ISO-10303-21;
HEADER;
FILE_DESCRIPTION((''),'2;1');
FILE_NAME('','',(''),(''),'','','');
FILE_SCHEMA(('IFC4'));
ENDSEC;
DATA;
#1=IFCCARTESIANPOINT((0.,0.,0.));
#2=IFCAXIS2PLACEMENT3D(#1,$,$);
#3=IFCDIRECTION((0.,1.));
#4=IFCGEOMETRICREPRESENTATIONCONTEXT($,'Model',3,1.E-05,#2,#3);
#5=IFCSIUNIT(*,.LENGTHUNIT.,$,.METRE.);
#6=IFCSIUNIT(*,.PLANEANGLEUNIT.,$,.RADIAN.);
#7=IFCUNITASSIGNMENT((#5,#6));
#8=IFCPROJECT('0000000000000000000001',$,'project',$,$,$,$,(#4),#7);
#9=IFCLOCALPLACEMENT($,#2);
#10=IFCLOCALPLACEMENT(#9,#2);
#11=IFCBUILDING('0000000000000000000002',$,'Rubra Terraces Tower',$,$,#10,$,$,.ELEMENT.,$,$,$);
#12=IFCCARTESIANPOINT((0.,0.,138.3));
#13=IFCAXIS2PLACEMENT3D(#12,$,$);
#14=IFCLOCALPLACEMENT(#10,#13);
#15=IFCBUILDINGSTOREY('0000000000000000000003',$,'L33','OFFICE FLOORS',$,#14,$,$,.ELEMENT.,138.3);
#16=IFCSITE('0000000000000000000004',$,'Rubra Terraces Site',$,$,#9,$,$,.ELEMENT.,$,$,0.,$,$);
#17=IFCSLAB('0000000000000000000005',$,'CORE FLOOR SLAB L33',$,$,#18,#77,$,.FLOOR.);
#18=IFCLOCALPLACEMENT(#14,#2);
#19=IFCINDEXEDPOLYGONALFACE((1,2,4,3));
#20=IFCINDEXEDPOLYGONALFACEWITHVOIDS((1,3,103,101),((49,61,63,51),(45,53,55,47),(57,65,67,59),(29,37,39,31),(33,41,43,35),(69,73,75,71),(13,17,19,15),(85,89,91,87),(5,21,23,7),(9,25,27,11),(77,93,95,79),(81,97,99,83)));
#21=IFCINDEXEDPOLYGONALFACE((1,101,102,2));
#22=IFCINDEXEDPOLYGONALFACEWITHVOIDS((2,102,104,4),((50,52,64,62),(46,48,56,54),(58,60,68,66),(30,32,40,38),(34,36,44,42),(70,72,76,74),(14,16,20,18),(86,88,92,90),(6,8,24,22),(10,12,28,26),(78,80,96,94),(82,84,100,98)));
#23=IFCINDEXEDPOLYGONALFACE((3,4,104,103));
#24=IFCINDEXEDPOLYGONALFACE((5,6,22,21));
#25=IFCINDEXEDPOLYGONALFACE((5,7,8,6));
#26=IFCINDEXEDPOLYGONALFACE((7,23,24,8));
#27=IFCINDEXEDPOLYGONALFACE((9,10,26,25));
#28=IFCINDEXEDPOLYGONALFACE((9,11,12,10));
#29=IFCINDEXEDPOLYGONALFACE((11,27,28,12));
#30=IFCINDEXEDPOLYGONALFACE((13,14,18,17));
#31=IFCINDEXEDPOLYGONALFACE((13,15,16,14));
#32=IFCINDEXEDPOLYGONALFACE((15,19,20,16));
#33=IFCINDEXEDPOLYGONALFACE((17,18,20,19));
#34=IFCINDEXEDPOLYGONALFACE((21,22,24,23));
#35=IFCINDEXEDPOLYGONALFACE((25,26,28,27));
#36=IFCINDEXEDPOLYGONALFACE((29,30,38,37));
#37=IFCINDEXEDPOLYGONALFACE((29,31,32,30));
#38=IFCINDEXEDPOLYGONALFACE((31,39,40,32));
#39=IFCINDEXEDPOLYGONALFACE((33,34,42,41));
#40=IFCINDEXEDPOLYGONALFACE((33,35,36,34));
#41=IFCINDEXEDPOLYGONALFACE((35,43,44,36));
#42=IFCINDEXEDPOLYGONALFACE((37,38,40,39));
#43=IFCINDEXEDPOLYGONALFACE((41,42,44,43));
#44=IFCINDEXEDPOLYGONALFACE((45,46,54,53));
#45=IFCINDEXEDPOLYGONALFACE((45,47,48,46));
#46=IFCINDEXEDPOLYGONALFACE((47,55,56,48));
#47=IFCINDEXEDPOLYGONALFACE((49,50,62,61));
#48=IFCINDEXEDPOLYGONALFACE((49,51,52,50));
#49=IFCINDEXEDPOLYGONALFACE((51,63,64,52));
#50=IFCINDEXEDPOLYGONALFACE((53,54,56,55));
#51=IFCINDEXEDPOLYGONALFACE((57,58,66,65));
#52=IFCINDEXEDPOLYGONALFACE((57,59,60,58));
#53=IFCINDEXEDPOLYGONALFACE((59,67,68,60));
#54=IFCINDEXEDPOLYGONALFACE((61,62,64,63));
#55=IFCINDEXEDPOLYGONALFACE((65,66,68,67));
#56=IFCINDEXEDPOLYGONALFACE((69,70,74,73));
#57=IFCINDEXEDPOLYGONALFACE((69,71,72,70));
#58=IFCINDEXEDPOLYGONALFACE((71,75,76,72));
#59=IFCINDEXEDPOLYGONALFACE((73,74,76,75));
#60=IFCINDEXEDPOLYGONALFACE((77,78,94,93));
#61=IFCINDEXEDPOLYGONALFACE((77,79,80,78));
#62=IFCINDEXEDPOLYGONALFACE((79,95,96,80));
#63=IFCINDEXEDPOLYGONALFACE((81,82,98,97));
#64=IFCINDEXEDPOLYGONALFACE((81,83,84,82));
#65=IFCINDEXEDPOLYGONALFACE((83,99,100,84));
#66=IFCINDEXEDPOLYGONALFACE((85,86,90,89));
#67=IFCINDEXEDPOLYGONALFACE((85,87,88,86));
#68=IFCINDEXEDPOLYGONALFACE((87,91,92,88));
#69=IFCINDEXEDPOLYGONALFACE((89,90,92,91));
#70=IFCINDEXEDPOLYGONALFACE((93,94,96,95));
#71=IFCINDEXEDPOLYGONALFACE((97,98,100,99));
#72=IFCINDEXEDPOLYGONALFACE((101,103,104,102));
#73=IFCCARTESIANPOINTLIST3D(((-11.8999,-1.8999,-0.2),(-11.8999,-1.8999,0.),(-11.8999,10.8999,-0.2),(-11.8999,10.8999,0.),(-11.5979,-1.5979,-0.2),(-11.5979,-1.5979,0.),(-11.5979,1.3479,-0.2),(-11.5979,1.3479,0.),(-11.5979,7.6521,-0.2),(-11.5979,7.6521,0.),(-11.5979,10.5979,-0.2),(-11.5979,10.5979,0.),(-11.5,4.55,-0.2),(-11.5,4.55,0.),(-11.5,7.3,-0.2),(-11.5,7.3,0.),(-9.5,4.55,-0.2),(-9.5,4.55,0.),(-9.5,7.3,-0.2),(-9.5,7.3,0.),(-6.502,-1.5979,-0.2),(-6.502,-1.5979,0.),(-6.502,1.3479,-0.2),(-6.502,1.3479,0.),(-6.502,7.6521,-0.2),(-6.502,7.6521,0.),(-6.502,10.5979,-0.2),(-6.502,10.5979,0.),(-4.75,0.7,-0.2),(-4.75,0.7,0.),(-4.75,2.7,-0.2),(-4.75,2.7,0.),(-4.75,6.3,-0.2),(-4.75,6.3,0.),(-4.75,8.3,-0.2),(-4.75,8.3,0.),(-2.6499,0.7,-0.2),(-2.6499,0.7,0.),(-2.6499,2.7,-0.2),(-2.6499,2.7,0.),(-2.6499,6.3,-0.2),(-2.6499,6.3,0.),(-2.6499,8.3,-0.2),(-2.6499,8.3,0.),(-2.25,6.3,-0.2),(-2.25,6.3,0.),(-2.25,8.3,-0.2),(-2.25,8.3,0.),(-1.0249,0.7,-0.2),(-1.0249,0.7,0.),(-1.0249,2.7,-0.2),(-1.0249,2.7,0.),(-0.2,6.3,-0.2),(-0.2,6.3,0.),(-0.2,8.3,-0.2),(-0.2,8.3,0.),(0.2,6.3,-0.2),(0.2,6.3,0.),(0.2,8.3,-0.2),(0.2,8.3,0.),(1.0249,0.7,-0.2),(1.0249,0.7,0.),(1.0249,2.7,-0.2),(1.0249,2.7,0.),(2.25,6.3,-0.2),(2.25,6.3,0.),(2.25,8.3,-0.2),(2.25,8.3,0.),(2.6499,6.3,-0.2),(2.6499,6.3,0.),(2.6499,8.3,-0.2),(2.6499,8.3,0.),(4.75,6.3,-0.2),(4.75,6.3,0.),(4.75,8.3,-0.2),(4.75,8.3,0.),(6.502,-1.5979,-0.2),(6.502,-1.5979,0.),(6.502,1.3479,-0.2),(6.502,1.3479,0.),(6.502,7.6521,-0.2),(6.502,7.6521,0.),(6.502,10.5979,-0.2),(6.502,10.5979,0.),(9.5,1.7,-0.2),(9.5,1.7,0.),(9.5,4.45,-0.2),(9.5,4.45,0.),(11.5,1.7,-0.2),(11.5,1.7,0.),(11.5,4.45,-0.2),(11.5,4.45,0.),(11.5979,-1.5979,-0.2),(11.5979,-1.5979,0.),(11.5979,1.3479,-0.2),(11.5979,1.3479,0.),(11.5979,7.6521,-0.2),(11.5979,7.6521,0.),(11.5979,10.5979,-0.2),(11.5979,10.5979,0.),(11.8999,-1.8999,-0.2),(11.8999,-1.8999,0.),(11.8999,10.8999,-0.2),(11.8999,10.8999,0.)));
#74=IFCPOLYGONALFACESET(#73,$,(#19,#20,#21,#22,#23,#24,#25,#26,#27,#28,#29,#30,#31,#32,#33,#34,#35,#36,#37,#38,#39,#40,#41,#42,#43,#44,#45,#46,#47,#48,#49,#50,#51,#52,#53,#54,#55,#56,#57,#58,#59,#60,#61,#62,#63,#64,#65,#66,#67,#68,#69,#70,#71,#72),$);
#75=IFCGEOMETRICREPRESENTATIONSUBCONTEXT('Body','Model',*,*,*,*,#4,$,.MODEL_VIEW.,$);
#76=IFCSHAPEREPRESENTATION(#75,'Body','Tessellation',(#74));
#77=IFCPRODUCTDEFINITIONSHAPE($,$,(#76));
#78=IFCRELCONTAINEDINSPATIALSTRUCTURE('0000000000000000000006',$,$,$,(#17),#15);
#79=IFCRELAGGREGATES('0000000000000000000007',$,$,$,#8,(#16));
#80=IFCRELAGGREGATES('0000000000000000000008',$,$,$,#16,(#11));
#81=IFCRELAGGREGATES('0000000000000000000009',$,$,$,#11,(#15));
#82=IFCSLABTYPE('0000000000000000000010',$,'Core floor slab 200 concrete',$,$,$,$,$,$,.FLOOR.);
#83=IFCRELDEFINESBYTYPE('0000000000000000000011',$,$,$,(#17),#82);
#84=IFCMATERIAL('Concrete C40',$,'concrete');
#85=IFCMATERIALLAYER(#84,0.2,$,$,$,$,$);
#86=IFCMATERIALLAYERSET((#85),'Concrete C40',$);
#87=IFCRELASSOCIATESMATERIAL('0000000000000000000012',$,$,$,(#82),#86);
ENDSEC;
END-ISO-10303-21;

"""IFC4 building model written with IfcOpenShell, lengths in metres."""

from ifc_helpers import new_model, si_unit, direction, frame, origin, place, context, subcontext, project, spatial, polyline, outline, extrude, material, layer, layer_set, type_object, element, save


model = new_model("IFC4")

# Units and contexts
model_context = context("Model", 3, precision=1e-05, world=origin(), true_north=direction((0.0, 1.0)))
body_context = subcontext(model_context, "Body", "Model", "MODEL_VIEW")
ifc_project = project(units=[si_unit("LENGTHUNIT", "METRE"), si_unit("PLANEANGLEUNIT", "RADIAN")], contexts=[model_context])

# Site, building, storey
site_placement = place(None, origin())
site = spatial("IfcSite", under=ifc_project, at=site_placement, Name="Rubra Terraces Site", CompositionType="ELEMENT", RefElevation=0.0)
building_placement = place(site_placement, origin())
building = spatial("IfcBuilding", under=site, at=building_placement, Name="Rubra Terraces Tower", CompositionType="ELEMENT")
storey_placement = place(building_placement, frame((0.0, 0.0, 138.3)))
storey = spatial("IfcBuildingStorey", under=building, at=storey_placement, Name="L33", Description="OFFICE FLOORS", CompositionType="ELEMENT", Elevation=138.3)

# Slab
ifc_material_1 = material(Name="Concrete C40", Category="concrete")
ifc_layer_1 = layer(ifc_material_1, 0.2)
ifc_layer_set_1 = layer_set([ifc_layer_1], Name="Concrete C40")
slab_type_1 = type_object("IfcSlabType", Name="Core floor slab 200 concrete", PredefinedType="FLOOR", material=ifc_layer_set_1)
slab_1_placement = place(storey_placement, frame((0.0, 0.0, -0.2)))
element("IfcSlab", 1, at=slab_1_placement, inside=storey, type_object=slab_type_1, Name="CORE FLOOR SLAB L33", PredefinedType="FLOOR", context=body_context, shape_type="SweptSolid", body=[
    extrude(outline(polyline([(-11.8999, -1.8999), (-11.8999, 10.8999), (11.8999, 10.8999), (11.8999, -1.8999), (-11.8999, -1.8999)]), holes=[polyline([(11.5979, 1.3479), (6.502, 1.3479), (6.502, -1.5979), (11.5979, -1.5979), (11.5979, 1.3479)]), polyline([(11.5979, 7.6521), (11.5979, 10.5979), (6.502, 10.5979), (6.502, 7.6521), (11.5979, 7.6521)]), polyline([(9.5, 1.7), (11.5, 1.7), (11.5, 4.45), (9.5, 4.45), (9.5, 1.7)]), polyline([(4.75, 6.3), (4.75, 8.3), (2.6499, 8.3), (2.6499, 6.3), (4.75, 6.3)]), polyline([(2.25, 8.3), (0.2, 8.3), (0.2, 6.3), (2.25, 6.3), (2.25, 8.3)]), polyline([(1.0249, 0.7), (1.0249, 2.7), (-1.0249, 2.7), (-1.0249, 0.7), (1.0249, 0.7)]), polyline([(-0.2, 6.3), (-0.2, 8.3), (-2.25, 8.3), (-2.25, 6.3), (-0.2, 6.3)]), polyline([(-4.75, 8.3), (-4.75, 6.3), (-2.6499, 6.3), (-2.6499, 8.3), (-4.75, 8.3)]), polyline([(-2.6499, 0.7), (-2.6499, 2.7), (-4.75, 2.7), (-4.75, 0.7), (-2.6499, 0.7)]), polyline([(-11.5979, -1.5979), (-6.502, -1.5979), (-6.502, 1.3479), (-11.5979, 1.3479), (-11.5979, -1.5979)]), polyline([(-11.5979, 10.5979), (-11.5979, 7.6521), (-6.502, 7.6521), (-6.502, 10.5979), (-11.5979, 10.5979)]), polyline([(-9.5, 4.55), (-9.5, 7.3), (-11.5, 7.3), (-11.5, 4.55), (-9.5, 4.55)])]), origin(), (0.0, 0.0, 1.0), 0.2),
])

save(model, "model.ifc")
